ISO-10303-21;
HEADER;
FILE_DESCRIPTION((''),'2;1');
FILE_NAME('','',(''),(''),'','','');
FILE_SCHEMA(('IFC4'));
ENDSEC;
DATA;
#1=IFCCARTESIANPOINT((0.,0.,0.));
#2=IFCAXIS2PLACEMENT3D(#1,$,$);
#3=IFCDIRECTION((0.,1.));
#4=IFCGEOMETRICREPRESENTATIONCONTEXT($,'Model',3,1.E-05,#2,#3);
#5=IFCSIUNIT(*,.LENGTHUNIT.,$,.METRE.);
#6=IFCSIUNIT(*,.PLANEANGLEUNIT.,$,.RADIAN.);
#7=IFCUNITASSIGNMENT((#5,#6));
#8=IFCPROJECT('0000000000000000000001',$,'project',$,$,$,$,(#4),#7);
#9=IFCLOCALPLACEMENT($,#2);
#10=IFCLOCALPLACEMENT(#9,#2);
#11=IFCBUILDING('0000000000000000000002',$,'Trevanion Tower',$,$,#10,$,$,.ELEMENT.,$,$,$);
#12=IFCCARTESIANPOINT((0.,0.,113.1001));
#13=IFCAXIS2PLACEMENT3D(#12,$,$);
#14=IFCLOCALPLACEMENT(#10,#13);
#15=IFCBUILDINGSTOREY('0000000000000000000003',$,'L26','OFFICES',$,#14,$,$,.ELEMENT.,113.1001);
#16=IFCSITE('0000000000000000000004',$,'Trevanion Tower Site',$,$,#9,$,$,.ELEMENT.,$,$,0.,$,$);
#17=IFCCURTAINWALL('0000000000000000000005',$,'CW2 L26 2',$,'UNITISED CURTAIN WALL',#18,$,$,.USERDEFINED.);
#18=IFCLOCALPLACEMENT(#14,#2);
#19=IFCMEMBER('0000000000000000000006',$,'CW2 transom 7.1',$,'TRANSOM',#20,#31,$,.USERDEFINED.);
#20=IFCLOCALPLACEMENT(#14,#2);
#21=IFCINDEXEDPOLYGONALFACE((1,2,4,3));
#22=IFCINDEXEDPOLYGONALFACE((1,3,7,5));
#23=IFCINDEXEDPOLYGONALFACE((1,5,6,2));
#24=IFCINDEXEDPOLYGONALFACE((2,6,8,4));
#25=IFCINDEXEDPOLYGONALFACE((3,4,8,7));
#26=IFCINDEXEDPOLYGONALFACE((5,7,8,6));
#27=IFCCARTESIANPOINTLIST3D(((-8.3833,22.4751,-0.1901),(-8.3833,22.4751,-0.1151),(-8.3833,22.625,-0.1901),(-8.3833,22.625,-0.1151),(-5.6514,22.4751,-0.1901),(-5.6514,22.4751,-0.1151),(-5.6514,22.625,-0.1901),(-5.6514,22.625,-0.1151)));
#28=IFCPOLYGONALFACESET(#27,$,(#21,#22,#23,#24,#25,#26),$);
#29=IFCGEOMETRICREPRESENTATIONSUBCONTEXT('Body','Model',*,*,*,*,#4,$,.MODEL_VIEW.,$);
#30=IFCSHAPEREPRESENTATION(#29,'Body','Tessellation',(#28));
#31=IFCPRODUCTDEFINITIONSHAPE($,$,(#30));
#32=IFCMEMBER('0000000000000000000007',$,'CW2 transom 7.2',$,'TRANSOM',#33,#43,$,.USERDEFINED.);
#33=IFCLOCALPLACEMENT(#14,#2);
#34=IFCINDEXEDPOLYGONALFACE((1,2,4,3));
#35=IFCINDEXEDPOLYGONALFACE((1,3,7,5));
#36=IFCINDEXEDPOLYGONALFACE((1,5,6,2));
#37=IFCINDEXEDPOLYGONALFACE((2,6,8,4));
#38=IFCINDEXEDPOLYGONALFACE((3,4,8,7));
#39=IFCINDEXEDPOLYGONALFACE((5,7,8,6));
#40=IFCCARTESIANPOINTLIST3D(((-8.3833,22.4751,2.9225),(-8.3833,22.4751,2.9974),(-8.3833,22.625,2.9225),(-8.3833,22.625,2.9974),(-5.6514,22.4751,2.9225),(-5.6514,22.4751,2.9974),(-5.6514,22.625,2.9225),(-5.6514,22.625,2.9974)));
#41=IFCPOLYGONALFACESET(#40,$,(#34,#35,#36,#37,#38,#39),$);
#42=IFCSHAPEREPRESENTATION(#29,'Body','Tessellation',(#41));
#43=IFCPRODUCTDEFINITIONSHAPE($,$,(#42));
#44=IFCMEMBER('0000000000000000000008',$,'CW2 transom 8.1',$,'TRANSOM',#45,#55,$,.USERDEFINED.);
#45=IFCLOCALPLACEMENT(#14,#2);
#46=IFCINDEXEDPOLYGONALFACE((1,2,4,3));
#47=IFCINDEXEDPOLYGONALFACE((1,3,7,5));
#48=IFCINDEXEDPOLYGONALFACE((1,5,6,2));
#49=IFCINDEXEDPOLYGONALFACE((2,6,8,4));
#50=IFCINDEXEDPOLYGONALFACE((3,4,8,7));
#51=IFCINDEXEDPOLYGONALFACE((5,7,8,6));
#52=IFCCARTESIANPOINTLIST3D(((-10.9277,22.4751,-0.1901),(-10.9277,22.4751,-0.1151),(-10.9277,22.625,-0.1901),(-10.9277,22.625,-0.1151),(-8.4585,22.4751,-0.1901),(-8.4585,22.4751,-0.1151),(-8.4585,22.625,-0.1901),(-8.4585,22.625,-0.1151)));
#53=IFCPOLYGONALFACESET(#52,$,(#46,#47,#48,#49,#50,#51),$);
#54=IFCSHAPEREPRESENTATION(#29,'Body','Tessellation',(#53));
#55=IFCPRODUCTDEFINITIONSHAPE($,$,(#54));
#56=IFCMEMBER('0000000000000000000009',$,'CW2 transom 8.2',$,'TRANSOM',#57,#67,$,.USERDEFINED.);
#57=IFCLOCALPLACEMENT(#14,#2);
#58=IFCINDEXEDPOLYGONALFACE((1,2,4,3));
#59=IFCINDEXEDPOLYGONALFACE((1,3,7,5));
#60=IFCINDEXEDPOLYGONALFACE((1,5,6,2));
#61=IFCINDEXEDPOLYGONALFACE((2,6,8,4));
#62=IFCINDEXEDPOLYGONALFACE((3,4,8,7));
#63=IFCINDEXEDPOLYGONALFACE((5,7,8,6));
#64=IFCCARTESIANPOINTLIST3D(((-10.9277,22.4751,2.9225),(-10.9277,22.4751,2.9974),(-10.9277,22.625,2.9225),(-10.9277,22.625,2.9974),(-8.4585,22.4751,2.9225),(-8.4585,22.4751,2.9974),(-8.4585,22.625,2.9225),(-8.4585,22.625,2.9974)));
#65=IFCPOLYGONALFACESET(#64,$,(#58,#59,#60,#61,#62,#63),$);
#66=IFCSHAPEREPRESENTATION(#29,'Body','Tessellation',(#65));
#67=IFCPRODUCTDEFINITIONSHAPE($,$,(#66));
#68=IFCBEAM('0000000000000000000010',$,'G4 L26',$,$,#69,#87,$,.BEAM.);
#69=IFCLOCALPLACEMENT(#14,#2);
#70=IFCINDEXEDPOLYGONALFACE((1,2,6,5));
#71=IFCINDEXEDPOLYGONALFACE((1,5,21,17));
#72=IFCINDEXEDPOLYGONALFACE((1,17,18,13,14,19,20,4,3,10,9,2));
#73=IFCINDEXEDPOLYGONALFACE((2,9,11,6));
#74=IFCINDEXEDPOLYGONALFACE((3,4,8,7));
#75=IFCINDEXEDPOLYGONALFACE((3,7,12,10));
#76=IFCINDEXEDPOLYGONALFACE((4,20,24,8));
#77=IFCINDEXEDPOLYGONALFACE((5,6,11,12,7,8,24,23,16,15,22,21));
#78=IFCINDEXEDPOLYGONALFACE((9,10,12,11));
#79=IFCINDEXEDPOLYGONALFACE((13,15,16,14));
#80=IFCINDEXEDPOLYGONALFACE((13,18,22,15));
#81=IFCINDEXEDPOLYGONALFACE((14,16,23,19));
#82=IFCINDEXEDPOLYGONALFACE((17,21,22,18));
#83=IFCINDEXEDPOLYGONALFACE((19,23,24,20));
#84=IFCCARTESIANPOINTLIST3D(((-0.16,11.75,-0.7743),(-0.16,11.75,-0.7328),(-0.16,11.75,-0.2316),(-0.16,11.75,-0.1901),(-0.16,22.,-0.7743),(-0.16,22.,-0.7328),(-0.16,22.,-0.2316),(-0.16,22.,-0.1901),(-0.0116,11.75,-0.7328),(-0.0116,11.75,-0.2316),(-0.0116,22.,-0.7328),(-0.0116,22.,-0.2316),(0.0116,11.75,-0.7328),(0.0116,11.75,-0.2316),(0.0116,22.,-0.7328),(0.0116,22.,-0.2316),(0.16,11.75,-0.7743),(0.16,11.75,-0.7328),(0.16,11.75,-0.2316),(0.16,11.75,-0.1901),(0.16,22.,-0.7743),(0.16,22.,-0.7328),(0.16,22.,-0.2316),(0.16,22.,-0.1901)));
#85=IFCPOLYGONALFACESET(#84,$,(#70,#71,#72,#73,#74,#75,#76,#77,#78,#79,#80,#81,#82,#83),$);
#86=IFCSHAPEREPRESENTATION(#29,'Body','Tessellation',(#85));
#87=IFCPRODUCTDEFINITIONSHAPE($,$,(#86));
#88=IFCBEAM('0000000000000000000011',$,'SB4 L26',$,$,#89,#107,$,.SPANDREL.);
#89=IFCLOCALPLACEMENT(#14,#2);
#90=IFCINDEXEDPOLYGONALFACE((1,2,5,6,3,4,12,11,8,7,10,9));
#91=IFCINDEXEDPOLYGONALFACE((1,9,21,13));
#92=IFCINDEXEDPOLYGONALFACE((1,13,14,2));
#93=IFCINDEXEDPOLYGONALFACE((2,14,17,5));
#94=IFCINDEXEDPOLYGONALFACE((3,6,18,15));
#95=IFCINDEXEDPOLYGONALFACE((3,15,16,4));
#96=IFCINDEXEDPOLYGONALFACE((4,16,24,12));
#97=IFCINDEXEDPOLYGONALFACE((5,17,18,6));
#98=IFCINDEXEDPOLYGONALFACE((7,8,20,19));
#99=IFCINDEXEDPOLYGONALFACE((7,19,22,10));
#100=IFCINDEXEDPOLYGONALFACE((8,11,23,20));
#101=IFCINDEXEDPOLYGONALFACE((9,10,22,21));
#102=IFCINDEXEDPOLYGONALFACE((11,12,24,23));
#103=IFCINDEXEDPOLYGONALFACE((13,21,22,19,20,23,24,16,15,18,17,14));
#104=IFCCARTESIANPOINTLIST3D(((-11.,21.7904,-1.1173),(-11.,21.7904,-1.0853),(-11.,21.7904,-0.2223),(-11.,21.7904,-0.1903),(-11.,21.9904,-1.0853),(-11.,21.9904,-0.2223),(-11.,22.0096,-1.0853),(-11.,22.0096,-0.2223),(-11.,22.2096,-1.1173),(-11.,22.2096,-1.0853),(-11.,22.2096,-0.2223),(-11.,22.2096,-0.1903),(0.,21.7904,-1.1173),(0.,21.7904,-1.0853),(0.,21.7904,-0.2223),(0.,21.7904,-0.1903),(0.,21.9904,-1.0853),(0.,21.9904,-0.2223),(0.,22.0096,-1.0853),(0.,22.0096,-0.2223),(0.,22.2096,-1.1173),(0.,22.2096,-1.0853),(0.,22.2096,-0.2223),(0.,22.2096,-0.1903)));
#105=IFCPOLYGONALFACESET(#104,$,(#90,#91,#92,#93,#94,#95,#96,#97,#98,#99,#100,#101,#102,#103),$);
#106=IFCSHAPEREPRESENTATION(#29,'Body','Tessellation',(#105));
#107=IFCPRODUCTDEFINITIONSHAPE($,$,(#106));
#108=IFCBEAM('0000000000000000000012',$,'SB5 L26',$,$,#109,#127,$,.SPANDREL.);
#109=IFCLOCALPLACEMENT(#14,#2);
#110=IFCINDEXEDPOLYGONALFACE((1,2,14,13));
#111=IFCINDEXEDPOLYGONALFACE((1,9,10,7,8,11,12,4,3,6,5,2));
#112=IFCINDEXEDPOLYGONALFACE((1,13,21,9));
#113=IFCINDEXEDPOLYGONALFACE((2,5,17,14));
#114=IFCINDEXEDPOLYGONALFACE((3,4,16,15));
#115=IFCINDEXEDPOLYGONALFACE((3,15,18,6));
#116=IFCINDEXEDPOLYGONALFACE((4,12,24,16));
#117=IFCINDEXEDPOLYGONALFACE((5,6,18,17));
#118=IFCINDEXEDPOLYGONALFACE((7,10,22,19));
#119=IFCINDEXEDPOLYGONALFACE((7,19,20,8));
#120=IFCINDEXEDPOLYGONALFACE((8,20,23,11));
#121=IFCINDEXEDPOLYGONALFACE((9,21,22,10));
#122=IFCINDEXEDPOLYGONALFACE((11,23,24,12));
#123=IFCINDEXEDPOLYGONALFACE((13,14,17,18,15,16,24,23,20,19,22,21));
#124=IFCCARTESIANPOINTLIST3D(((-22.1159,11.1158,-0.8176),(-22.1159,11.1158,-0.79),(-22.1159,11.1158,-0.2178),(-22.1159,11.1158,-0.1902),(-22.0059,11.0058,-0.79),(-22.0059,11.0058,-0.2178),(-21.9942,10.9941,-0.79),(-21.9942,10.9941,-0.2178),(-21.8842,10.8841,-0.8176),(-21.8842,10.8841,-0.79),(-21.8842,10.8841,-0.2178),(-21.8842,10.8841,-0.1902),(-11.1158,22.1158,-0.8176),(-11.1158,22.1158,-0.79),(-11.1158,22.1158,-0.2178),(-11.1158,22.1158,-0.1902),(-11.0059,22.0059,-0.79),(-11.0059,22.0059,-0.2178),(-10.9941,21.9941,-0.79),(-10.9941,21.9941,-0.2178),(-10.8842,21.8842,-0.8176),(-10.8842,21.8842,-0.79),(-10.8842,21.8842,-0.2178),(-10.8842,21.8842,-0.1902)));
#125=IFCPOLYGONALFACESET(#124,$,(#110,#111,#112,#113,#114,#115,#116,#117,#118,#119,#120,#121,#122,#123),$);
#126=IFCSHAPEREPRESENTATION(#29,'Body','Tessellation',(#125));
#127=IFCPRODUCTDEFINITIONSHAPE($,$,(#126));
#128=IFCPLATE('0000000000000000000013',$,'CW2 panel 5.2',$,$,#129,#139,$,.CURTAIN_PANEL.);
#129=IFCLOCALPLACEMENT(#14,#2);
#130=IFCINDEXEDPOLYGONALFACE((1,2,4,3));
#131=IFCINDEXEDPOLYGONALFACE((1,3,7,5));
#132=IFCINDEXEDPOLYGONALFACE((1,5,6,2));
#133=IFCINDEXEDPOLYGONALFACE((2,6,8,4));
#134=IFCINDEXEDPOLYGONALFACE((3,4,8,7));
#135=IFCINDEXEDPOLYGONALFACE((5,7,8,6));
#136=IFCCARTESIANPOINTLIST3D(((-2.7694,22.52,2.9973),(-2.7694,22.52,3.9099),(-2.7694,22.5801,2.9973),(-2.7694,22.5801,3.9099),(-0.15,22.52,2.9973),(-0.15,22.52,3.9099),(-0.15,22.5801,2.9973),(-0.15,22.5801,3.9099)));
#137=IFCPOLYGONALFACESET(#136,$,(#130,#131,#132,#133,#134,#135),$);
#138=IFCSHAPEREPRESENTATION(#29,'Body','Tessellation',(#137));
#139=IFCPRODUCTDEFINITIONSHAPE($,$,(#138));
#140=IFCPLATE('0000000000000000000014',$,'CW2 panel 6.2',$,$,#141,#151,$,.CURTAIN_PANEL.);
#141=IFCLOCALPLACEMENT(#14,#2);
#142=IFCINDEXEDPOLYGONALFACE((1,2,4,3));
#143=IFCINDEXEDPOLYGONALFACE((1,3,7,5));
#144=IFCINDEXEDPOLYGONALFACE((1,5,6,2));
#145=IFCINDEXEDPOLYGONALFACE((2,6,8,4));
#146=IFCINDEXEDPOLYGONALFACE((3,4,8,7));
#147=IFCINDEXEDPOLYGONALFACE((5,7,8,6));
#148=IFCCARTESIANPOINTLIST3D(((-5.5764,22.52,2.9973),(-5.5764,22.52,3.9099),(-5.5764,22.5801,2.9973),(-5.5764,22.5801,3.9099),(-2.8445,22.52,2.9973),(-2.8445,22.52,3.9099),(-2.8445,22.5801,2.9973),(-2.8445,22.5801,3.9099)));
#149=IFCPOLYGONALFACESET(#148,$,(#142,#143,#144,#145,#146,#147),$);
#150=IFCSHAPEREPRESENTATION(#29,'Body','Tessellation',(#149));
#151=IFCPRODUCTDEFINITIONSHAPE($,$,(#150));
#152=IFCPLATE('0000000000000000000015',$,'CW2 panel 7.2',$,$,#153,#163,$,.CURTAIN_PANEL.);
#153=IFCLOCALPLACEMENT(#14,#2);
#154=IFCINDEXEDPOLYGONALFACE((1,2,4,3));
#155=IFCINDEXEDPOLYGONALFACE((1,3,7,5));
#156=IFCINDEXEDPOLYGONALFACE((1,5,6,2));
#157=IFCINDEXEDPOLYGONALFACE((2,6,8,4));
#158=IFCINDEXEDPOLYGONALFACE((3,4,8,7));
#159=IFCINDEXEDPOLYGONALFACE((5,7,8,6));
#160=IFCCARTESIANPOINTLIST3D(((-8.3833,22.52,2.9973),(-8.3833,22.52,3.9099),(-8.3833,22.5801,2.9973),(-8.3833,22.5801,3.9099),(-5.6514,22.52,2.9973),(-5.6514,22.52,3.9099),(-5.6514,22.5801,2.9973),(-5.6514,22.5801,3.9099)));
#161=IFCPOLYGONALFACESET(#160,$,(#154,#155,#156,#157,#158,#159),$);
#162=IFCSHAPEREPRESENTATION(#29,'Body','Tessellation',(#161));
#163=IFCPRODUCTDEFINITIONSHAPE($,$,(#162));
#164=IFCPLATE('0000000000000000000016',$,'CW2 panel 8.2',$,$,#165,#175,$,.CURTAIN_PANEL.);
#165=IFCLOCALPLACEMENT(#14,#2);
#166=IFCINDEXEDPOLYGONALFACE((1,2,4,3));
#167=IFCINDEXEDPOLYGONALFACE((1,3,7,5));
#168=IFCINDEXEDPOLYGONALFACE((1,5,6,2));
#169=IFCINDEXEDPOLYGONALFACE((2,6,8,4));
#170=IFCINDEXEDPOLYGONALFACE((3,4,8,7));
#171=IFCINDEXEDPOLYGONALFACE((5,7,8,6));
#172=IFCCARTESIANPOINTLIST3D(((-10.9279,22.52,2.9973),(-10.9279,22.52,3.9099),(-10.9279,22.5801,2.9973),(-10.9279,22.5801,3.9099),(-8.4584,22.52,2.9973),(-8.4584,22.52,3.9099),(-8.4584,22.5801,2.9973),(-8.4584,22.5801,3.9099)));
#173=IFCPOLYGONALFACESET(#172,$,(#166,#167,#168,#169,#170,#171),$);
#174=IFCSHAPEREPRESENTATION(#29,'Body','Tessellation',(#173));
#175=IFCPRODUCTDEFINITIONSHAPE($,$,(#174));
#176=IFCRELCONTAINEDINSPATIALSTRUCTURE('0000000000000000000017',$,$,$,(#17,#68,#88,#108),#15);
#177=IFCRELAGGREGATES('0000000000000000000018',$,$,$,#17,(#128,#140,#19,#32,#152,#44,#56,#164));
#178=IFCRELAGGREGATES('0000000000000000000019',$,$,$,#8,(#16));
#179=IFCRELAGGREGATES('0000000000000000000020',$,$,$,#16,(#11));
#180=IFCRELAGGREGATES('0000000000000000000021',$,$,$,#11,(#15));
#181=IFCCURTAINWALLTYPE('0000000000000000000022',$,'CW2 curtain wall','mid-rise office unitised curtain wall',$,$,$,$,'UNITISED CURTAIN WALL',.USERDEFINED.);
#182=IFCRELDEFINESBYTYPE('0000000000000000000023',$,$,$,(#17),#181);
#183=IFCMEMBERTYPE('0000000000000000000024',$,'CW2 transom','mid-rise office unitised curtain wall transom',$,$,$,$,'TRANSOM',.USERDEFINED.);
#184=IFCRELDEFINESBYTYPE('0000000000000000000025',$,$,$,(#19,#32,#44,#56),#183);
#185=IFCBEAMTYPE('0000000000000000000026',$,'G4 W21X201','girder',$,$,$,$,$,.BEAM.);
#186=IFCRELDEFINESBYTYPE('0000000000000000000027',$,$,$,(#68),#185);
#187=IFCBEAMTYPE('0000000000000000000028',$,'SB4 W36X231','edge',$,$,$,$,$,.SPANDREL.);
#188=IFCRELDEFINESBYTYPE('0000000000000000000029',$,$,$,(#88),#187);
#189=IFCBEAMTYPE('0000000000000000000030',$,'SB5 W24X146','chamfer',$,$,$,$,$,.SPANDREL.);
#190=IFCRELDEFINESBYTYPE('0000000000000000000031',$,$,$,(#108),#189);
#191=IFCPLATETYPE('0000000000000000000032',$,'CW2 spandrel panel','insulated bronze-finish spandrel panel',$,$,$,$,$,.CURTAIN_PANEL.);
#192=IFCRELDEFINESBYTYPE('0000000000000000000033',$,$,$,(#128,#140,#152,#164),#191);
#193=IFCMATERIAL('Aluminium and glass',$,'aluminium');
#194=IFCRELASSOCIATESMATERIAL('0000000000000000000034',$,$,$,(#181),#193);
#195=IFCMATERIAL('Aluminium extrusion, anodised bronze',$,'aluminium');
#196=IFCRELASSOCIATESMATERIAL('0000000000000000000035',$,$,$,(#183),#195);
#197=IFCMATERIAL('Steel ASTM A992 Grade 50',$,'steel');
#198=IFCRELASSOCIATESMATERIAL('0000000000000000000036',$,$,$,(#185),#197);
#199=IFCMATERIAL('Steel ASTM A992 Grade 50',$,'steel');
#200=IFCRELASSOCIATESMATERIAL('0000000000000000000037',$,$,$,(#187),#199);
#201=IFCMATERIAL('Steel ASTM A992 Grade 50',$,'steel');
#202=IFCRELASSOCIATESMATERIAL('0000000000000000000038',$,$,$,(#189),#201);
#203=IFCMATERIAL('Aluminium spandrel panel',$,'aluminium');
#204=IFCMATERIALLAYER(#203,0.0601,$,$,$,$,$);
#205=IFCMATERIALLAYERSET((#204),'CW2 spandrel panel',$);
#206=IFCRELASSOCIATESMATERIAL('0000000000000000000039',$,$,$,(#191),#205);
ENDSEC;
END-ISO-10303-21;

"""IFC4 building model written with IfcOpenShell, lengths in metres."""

from ifc_helpers import new_model, si_unit, direction, frame, origin, origin_2d, place, context, subcontext, project, spatial, rectangle, i_section, extrude, material, layer, layer_set, material_profile, profile_set, type_object, element, aggregate, save


model = new_model("IFC4")

# Units and contexts
model_context = context("Model", 3, precision=1e-05, world=origin(), true_north=direction((0.0, 1.0)))
body_context = subcontext(model_context, "Body", "Model", "MODEL_VIEW")
ifc_project = project(units=[si_unit("LENGTHUNIT", "METRE"), si_unit("PLANEANGLEUNIT", "RADIAN")], contexts=[model_context])

# Site, building, storey
site_placement = place(None, origin())
site = spatial("IfcSite", under=ifc_project, at=site_placement, Name="Trevanion Tower Site", CompositionType="ELEMENT", RefElevation=0.0)
building_placement = place(site_placement, origin())
building = spatial("IfcBuilding", under=site, at=building_placement, Name="Trevanion Tower", CompositionType="ELEMENT")
storey_placement = place(building_placement, frame((0.0, 0.0, 113.1001)))
storey = spatial("IfcBuildingStorey", under=building, at=storey_placement, Name="L26", Description="OFFICES", CompositionType="ELEMENT", Elevation=113.1001)

# Curtain wall
ifc_material_1 = material(Name="Aluminium and glass", Category="aluminium")
curtain_wall_type = type_object("IfcCurtainWallType", Name="CW2 curtain wall", Description="mid-rise office unitised curtain wall", ElementType="UNITISED CURTAIN WALL", PredefinedType="USERDEFINED", material=ifc_material_1)
curtain_wall_1_placement = place(storey_placement, origin())
curtain_wall_1 = element("IfcCurtainWall", 1, at=curtain_wall_1_placement, inside=storey, type_object=curtain_wall_type, Name="CW2 L26 2", ObjectType="UNITISED CURTAIN WALL", PredefinedType="USERDEFINED")

# Members
ifc_material_2 = material(Name="Aluminium extrusion, anodised bronze", Category="aluminium")
ifc_material_profile_1 = material_profile(ifc_material_2, rectangle(XDim=0.1499, YDim=0.075, at=origin_2d()), Name="CW2 transom")
ifc_profile_set_1 = profile_set([ifc_material_profile_1], Name="Aluminium extrusion, anodised bronze")
member_type_1 = type_object("IfcMemberType", Name="CW2 transom", Description="mid-rise office unitised curtain wall transom", ElementType="TRANSOM", PredefinedType="USERDEFINED", material=ifc_profile_set_1)
member_1_placement = place(storey_placement, frame((-5.6514, 22.55, -0.1526), z_axis=(-1.0, 0.0, 0.0), x_axis=(0.0, -1.0, 0.0)))
member_1 = element("IfcMember", 2, at=member_1_placement, type_object=member_type_1, Name="CW2 transom 7.1", ObjectType="TRANSOM", PredefinedType="USERDEFINED", context=body_context, shape_type="SweptSolid", body=[
    extrude(rectangle(XDim=0.1499, YDim=0.075, at=origin_2d()), origin(), (0.0, 0.0, 1.0), 2.7319),
])
member_2_placement = place(storey_placement, frame((-5.6514, 22.55, 2.96), z_axis=(-1.0, 0.0, 0.0), x_axis=(0.0, -1.0, 0.0)))
member_2 = element("IfcMember", 3, at=member_2_placement, type_object=member_type_1, Name="CW2 transom 7.2", ObjectType="TRANSOM", PredefinedType="USERDEFINED", context=body_context, shape_type="SweptSolid", body=[
    extrude(rectangle(XDim=0.1499, YDim=0.075, at=origin_2d()), origin(), (0.0, 0.0, 1.0), 2.7319),
])
member_3_placement = place(storey_placement, frame((-8.4585, 22.55, -0.1526), z_axis=(-1.0, 0.0, 0.0), x_axis=(0.0, -1.0, 0.0)))
member_3 = element("IfcMember", 4, at=member_3_placement, type_object=member_type_1, Name="CW2 transom 8.1", ObjectType="TRANSOM", PredefinedType="USERDEFINED", context=body_context, shape_type="SweptSolid", body=[
    extrude(rectangle(XDim=0.1499, YDim=0.075, at=origin_2d()), origin(), (0.0, 0.0, 1.0), 2.4692),
])
member_4_placement = place(storey_placement, frame((-8.4585, 22.55, 2.96), z_axis=(-1.0, 0.0, 0.0), x_axis=(0.0, -1.0, 0.0)))
member_4 = element("IfcMember", 5, at=member_4_placement, type_object=member_type_1, Name="CW2 transom 8.2", ObjectType="TRANSOM", PredefinedType="USERDEFINED", context=body_context, shape_type="SweptSolid", body=[
    extrude(rectangle(XDim=0.1499, YDim=0.075, at=origin_2d()), origin(), (0.0, 0.0, 1.0), 2.4692),
])

# Beams
ifc_material_3 = material(Name="Steel ASTM A992 Grade 50", Category="steel")
ifc_material_profile_2 = material_profile(ifc_material_3, i_section(OverallWidth=0.3201, OverallDepth=0.5842, WebThickness=0.0232, FlangeThickness=0.0415, at=origin_2d()), Name="W21X201")
ifc_profile_set_2 = profile_set([ifc_material_profile_2], Name="Steel ASTM A992 Grade 50")
beam_type_1 = type_object("IfcBeamType", Name="G4 W21X201", Description="girder", PredefinedType="BEAM", material=ifc_profile_set_2)
beam_1_placement = place(storey_placement, frame((0.0, 11.75, -0.4822), z_axis=(0.0, 1.0, 0.0), x_axis=(-1.0, 0.0, 0.0)))
element("IfcBeam", 6, at=beam_1_placement, inside=storey, type_object=beam_type_1, Name="G4 L26", PredefinedType="BEAM", context=body_context, shape_type="SweptSolid", body=[
    extrude(i_section(OverallWidth=0.3201, OverallDepth=0.5842, WebThickness=0.0232, FlangeThickness=0.0415, at=origin_2d()), origin(), (0.0, 0.0, 1.0), 10.25),
])
ifc_material_4 = material(Name="Steel ASTM A992 Grade 50", Category="steel")
ifc_material_profile_3 = material_profile(ifc_material_4, i_section(OverallWidth=0.4192, OverallDepth=0.927, WebThickness=0.0193, FlangeThickness=0.032, at=origin_2d()), Name="W36X231")
ifc_profile_set_3 = profile_set([ifc_material_profile_3], Name="Steel ASTM A992 Grade 50")
beam_type_2 = type_object("IfcBeamType", Name="SB4 W36X231", Description="edge", PredefinedType="SPANDREL", material=ifc_profile_set_3)
beam_2_placement = place(storey_placement, frame((0.0, 22.0, -0.6538), z_axis=(-1.0, 0.0, 0.0), x_axis=(0.0, -1.0, 0.0)))
element("IfcBeam", 7, at=beam_2_placement, inside=storey, type_object=beam_type_2, Name="SB4 L26", PredefinedType="SPANDREL", context=body_context, shape_type="SweptSolid", body=[
    extrude(i_section(OverallWidth=0.4192, OverallDepth=0.927, WebThickness=0.0193, FlangeThickness=0.032, at=origin_2d()), origin(), (0.0, 0.0, 1.0), 11.0),
])
ifc_material_5 = material(Name="Steel ASTM A992 Grade 50", Category="steel")
ifc_material_profile_4 = material_profile(ifc_material_5, i_section(OverallWidth=0.3276, OverallDepth=0.6274, WebThickness=0.0166, FlangeThickness=0.0276, at=origin_2d()), Name="W24X146")
ifc_profile_set_4 = profile_set([ifc_material_profile_4], Name="Steel ASTM A992 Grade 50")
beam_type_3 = type_object("IfcBeamType", Name="SB5 W24X146", Description="chamfer", PredefinedType="SPANDREL", material=ifc_profile_set_4)
beam_3_placement = place(storey_placement, frame((-11.0, 22.0, -0.5039), z_axis=(-0.707107, -0.707107, 0.0), x_axis=(0.707107, -0.707107, 0.0)))
element("IfcBeam", 8, at=beam_3_placement, inside=storey, type_object=beam_type_3, Name="SB5 L26", PredefinedType="SPANDREL", context=body_context, shape_type="SweptSolid", body=[
    extrude(i_section(OverallWidth=0.3276, OverallDepth=0.6274, WebThickness=0.0166, FlangeThickness=0.0276, at=origin_2d()), origin(), (0.0, 0.0, 1.0), 15.5564),
])

# Plates
ifc_material_6 = material(Name="Aluminium spandrel panel", Category="aluminium")
ifc_layer_1 = layer(ifc_material_6, 0.0601)
ifc_layer_set_1 = layer_set([ifc_layer_1], Name="CW2 spandrel panel")
plate_type_1 = type_object("IfcPlateType", Name="CW2 spandrel panel", Description="insulated bronze-finish spandrel panel", PredefinedType="CURTAIN_PANEL", material=ifc_layer_set_1)
plate_1_placement = place(storey_placement, frame((-1.4597, 22.55, 2.9973), z_axis=(0.0, 0.0, 1.0), x_axis=(-1.0, 0.0, 0.0)))
plate_1 = element("IfcPlate", 9, at=plate_1_placement, type_object=plate_type_1, Name="CW2 panel 5.2", PredefinedType="CURTAIN_PANEL", context=body_context, shape_type="SweptSolid", body=[
    extrude(rectangle(XDim=2.6194, YDim=0.0601, at=origin_2d()), origin(), (0.0, 0.0, 1.0), 0.9126),
])
plate_2_placement = place(storey_placement, frame((-4.2104, 22.55, 2.9973), z_axis=(0.0, 0.0, 1.0), x_axis=(-1.0, 0.0, 0.0)))
plate_2 = element("IfcPlate", 10, at=plate_2_placement, type_object=plate_type_1, Name="CW2 panel 6.2", PredefinedType="CURTAIN_PANEL", context=body_context, shape_type="SweptSolid", body=[
    extrude(rectangle(XDim=2.7319, YDim=0.0601, at=origin_2d()), origin(), (0.0, 0.0, 1.0), 0.9126),
])
plate_3_placement = place(storey_placement, frame((-7.0173, 22.55, 2.9973), z_axis=(0.0, 0.0, 1.0), x_axis=(-1.0, 0.0, 0.0)))
plate_3 = element("IfcPlate", 11, at=plate_3_placement, type_object=plate_type_1, Name="CW2 panel 7.2", PredefinedType="CURTAIN_PANEL", context=body_context, shape_type="SweptSolid", body=[
    extrude(rectangle(XDim=2.7319, YDim=0.0601, at=origin_2d()), origin(), (0.0, 0.0, 1.0), 0.9126),
])
plate_4_placement = place(storey_placement, frame((-9.6931, 22.55, 2.9973), z_axis=(0.0, 0.0, 1.0), x_axis=(-1.0, 0.0, 0.0)))
plate_4 = element("IfcPlate", 12, at=plate_4_placement, type_object=plate_type_1, Name="CW2 panel 8.2", PredefinedType="CURTAIN_PANEL", context=body_context, shape_type="SweptSolid", body=[
    extrude(rectangle(XDim=2.4695, YDim=0.0601, at=origin_2d()), origin(), (0.0, 0.0, 1.0), 0.9126),
])
aggregate(curtain_wall_1, [plate_1, plate_2, member_1, member_2, plate_3, member_3, member_4, plate_4])

save(model, "model.ifc")
